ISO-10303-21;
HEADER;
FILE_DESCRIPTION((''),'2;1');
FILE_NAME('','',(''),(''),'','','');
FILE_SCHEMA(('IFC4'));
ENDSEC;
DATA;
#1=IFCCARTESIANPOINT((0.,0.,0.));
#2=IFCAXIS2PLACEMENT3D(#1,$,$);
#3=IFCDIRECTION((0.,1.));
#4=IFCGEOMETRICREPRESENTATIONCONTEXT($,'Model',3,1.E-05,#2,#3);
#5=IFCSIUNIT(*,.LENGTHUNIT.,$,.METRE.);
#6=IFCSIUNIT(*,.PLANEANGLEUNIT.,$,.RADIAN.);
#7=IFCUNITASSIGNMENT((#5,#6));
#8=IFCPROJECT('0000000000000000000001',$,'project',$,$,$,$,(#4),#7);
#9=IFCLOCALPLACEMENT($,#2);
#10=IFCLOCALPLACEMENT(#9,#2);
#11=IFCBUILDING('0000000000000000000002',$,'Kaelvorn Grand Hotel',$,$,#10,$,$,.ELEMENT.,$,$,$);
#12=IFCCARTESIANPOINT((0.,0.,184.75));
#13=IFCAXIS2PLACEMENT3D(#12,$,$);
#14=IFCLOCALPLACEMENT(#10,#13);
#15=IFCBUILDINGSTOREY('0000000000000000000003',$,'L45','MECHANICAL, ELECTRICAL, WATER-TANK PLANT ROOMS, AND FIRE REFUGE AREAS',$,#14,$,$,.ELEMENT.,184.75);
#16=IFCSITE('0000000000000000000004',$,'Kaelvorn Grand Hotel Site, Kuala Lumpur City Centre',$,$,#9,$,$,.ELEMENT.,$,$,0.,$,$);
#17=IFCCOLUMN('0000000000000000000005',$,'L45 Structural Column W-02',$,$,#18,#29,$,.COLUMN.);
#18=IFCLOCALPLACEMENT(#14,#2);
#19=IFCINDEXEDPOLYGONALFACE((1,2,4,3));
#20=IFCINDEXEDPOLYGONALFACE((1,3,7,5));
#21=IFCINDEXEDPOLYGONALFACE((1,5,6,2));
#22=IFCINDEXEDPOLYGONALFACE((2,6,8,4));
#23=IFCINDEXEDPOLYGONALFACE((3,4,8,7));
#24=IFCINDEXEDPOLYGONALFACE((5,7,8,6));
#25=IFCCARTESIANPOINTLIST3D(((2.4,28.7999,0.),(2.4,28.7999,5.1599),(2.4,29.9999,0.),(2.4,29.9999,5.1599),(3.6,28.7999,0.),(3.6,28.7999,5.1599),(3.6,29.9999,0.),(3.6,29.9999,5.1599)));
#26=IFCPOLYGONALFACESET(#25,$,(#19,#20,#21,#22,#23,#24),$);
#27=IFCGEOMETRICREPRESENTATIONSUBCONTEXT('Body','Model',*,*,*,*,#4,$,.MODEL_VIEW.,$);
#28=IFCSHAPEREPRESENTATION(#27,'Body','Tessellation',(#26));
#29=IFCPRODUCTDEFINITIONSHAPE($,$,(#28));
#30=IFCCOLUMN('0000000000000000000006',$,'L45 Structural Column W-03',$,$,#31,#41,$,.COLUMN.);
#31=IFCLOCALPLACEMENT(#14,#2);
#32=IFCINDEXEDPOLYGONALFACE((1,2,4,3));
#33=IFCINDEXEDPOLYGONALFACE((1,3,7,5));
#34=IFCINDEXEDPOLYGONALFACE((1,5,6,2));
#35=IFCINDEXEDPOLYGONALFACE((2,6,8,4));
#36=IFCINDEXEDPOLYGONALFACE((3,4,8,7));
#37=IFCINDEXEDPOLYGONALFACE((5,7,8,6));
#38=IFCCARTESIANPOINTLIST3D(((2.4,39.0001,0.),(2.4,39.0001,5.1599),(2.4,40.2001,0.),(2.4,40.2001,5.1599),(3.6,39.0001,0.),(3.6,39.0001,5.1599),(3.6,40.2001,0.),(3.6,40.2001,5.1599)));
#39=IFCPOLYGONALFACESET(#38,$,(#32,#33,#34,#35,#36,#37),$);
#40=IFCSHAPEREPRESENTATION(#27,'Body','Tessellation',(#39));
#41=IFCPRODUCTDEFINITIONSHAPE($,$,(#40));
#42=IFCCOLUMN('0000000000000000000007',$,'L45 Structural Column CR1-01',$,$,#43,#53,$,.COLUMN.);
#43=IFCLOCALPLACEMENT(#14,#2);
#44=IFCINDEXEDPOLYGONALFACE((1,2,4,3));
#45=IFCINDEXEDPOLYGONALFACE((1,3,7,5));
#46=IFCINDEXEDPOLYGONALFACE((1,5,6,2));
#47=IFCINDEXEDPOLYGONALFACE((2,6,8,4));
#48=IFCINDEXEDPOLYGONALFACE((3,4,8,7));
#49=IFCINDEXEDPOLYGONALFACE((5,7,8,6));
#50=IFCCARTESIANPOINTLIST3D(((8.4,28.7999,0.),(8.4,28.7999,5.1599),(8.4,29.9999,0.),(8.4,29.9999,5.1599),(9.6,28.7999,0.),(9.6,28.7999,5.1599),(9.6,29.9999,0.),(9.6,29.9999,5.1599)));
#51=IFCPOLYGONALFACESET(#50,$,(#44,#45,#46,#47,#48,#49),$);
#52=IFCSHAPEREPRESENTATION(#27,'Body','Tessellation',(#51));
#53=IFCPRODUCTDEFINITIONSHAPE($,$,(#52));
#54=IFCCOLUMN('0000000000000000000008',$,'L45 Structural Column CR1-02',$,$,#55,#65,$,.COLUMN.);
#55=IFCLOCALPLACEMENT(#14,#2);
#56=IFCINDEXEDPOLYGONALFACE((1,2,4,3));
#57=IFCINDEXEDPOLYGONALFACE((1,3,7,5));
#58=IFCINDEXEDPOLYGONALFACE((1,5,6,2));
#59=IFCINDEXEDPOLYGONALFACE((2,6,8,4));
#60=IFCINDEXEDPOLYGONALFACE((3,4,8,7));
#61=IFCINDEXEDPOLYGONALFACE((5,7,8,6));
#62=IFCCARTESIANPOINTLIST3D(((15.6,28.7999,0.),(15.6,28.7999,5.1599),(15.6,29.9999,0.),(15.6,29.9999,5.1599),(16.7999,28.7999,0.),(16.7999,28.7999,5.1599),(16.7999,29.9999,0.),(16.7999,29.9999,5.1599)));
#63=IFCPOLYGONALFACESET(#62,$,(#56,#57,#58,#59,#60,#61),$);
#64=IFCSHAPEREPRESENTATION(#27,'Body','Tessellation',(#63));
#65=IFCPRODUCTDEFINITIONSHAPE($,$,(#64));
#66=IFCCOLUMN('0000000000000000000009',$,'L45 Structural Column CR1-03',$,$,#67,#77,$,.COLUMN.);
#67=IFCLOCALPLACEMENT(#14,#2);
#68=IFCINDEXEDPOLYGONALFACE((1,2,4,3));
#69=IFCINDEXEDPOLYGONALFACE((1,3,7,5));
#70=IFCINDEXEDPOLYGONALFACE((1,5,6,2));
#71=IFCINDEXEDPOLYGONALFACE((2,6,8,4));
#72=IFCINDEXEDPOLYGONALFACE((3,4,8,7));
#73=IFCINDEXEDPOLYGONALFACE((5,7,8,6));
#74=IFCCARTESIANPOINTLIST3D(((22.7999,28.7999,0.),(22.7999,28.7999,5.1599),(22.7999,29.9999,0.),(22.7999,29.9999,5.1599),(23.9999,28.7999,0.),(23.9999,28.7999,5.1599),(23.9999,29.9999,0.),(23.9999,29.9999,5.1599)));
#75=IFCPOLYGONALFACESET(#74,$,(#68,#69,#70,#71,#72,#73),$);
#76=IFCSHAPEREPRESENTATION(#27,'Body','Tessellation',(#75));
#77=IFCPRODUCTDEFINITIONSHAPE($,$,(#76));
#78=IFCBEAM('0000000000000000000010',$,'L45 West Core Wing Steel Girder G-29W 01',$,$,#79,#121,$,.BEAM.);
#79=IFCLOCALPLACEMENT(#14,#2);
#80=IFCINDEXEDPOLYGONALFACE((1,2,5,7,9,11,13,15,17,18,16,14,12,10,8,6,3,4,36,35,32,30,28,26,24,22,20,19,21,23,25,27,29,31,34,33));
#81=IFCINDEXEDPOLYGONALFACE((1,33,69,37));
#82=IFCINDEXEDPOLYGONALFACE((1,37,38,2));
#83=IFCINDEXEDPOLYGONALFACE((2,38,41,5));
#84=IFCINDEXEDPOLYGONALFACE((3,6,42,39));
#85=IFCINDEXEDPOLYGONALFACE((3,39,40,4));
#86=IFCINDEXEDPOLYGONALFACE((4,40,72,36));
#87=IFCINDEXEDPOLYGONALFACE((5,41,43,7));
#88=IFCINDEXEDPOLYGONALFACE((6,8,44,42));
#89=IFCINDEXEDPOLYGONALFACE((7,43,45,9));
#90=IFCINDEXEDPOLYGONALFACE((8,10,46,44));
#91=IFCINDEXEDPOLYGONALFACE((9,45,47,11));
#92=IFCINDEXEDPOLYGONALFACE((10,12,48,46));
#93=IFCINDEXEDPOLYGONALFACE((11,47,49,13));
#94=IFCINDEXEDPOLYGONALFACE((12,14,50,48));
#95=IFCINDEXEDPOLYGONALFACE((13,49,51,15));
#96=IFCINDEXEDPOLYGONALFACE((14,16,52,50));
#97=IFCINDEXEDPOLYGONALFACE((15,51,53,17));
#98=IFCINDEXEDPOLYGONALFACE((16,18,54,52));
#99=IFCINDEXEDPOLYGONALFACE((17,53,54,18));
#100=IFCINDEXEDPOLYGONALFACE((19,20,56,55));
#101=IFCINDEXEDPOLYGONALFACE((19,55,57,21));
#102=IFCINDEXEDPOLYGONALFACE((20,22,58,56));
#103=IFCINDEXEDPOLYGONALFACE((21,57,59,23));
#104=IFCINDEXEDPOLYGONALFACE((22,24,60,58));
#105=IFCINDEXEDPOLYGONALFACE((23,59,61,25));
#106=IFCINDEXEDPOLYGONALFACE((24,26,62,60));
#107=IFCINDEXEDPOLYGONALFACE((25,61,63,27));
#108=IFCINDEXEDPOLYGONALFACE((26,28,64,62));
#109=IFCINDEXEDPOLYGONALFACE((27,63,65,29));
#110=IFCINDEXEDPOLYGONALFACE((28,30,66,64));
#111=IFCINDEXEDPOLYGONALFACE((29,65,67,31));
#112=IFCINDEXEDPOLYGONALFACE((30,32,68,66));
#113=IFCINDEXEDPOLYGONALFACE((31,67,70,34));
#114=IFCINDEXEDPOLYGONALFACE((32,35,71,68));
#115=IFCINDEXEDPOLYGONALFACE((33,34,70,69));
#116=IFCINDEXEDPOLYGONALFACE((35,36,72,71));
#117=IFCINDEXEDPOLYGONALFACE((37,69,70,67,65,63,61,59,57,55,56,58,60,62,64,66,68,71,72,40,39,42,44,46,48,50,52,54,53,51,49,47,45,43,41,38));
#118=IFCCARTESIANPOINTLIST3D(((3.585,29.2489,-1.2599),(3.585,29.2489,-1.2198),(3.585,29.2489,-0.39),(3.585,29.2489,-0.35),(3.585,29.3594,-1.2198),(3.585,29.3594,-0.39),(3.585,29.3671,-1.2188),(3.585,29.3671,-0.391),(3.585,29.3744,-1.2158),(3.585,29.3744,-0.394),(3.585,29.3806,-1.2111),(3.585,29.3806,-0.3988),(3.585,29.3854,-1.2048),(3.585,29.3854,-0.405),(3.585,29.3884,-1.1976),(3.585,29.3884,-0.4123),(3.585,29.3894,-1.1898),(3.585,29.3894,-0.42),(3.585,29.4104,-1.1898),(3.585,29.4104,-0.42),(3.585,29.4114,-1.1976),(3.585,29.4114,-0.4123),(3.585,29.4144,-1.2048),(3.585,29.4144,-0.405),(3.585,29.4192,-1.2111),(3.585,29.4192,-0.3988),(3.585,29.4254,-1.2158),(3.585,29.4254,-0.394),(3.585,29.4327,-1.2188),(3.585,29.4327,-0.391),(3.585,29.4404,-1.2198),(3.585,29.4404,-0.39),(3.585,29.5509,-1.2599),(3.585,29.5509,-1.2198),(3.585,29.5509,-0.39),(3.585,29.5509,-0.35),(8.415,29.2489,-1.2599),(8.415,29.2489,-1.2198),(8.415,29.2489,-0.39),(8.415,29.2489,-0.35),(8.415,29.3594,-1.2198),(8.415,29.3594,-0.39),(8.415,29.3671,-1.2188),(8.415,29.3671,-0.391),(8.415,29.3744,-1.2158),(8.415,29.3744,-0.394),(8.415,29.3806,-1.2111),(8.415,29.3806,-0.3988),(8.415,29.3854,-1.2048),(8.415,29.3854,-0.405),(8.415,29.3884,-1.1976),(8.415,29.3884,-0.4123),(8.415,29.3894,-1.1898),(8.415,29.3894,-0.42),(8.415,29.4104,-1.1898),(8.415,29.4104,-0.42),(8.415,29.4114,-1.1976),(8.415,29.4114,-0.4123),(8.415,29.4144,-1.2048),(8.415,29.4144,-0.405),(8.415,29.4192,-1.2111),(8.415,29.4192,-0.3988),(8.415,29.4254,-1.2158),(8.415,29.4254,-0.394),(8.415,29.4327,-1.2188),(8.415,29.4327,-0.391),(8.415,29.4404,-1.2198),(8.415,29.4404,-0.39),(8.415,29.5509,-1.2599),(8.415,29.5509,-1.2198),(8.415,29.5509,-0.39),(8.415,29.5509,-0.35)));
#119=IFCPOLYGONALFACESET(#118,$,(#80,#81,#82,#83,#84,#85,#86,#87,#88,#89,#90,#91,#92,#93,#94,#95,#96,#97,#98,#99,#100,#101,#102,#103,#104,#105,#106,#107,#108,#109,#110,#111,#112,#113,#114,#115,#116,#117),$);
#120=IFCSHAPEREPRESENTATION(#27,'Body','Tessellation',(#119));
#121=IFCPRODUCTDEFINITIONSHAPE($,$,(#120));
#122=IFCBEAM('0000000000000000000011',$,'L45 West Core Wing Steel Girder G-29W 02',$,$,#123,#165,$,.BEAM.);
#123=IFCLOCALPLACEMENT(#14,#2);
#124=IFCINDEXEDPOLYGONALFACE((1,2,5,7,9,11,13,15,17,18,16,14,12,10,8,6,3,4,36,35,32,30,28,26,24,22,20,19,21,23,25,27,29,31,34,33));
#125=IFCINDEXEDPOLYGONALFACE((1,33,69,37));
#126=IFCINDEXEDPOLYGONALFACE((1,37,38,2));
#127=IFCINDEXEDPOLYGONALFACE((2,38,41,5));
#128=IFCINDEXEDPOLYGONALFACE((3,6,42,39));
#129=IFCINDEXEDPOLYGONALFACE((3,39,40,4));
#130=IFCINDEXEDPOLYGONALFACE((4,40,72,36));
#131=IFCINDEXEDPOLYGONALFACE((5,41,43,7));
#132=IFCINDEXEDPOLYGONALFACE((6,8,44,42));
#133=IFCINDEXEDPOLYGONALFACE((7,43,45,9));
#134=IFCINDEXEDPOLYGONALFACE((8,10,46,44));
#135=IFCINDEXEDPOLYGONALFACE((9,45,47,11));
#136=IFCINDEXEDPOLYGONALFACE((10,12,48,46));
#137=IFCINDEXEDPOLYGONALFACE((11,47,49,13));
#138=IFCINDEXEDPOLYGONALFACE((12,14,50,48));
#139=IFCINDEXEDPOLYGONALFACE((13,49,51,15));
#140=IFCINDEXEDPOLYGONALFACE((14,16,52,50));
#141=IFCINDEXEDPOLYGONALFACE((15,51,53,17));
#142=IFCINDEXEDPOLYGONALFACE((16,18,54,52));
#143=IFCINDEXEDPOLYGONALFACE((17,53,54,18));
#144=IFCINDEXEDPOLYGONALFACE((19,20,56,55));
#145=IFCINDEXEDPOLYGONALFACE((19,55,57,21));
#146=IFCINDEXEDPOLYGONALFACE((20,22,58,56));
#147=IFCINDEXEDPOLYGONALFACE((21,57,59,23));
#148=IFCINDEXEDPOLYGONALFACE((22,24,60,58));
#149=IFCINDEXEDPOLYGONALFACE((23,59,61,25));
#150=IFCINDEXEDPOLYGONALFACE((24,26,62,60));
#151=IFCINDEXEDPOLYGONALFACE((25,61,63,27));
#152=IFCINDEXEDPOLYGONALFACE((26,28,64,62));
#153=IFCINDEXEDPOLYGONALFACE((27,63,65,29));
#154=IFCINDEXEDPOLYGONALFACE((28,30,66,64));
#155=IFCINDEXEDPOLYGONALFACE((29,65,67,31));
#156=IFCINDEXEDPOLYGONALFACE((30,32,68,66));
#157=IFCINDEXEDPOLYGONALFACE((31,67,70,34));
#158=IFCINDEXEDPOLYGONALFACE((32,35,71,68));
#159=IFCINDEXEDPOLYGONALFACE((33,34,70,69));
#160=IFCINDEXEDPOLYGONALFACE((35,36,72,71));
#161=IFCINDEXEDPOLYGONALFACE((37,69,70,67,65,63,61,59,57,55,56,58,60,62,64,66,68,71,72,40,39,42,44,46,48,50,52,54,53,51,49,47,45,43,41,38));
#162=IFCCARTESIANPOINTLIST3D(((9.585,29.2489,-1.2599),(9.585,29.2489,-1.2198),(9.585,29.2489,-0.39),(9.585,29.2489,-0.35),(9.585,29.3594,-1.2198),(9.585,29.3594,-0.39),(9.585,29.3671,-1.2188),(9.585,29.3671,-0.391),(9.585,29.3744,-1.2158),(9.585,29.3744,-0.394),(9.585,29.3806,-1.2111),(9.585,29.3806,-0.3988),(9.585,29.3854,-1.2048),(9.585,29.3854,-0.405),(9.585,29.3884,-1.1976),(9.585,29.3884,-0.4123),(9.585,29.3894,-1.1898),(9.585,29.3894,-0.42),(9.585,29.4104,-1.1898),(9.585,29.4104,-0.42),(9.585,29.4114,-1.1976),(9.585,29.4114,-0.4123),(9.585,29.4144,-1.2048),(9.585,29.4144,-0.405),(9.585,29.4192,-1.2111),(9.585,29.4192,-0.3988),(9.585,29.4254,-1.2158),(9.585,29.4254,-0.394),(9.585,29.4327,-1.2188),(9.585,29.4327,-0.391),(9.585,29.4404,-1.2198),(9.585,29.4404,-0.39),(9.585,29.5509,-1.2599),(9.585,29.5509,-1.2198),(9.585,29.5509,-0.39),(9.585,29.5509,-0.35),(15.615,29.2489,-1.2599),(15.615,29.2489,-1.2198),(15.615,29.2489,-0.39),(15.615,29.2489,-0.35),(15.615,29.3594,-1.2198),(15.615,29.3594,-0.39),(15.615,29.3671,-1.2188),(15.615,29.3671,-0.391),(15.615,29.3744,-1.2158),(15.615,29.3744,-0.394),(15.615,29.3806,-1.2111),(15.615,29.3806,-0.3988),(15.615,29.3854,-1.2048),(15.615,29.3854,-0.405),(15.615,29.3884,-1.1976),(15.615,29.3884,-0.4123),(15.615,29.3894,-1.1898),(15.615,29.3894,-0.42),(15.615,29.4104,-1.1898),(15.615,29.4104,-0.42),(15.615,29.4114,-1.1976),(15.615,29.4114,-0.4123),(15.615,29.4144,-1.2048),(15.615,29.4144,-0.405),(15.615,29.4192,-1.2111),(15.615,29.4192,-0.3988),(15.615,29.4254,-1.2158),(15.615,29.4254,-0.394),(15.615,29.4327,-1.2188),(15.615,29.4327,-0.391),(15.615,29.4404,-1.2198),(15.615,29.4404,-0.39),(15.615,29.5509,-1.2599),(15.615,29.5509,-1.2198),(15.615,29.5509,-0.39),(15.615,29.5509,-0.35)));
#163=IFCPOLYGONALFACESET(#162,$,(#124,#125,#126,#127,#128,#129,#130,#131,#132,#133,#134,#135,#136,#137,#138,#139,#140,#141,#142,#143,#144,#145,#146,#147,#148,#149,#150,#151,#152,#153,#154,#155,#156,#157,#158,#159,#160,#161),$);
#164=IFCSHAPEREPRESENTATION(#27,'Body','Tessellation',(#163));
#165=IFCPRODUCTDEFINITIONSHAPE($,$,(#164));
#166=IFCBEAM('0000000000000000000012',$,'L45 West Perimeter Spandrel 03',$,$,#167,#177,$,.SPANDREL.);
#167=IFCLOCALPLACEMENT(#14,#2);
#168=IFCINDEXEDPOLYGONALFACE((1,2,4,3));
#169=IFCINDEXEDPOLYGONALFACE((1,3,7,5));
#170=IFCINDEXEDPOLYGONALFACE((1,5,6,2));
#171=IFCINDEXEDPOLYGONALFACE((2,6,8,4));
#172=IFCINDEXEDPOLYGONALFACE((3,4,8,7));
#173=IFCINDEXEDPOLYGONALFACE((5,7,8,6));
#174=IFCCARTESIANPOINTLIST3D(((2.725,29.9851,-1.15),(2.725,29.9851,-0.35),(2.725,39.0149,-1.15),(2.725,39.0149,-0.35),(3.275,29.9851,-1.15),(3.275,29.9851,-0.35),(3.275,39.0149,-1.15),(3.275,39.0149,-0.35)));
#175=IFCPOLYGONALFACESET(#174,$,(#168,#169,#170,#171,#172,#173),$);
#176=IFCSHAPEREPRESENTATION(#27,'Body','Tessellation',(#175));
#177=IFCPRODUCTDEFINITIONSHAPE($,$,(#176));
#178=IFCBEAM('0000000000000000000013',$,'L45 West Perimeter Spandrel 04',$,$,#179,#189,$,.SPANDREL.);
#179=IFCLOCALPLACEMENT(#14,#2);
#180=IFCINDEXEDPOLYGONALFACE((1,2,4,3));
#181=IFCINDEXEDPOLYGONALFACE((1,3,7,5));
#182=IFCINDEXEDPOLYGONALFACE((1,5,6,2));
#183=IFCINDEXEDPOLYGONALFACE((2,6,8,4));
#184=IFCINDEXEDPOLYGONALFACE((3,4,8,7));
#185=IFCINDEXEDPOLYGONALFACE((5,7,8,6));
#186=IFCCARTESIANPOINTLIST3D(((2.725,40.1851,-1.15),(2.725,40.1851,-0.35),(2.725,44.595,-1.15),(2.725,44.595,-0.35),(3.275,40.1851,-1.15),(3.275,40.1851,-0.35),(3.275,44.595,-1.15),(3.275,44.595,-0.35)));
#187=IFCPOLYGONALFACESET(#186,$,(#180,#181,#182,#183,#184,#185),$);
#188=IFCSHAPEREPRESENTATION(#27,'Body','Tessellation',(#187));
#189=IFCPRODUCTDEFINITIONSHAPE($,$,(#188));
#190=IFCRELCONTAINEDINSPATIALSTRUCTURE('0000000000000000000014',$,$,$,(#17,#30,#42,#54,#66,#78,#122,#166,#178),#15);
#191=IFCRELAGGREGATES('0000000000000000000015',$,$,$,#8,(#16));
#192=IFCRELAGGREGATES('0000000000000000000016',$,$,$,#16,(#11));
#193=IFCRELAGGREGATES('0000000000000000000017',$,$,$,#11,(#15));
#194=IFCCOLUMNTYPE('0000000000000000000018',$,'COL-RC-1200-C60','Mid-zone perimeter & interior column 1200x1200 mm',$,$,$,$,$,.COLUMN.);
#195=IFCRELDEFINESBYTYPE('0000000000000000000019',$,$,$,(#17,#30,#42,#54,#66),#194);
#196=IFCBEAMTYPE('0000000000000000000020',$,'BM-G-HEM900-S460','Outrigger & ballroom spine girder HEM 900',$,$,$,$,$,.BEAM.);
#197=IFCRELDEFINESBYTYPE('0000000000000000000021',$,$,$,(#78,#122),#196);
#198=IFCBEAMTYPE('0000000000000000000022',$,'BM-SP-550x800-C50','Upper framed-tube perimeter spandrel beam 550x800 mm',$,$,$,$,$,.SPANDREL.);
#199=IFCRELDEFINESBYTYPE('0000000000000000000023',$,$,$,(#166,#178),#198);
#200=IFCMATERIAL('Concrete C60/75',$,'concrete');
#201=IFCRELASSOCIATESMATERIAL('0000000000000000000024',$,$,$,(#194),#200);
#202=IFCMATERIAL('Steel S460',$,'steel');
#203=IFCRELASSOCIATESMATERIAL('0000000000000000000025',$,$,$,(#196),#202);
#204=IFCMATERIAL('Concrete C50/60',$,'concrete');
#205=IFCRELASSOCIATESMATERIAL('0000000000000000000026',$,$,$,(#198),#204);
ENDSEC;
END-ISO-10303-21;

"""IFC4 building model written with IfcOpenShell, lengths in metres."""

from ifc_helpers import new_model, si_unit, direction, frame, origin, origin_2d, place, context, subcontext, project, spatial, rectangle, i_section, extrude, material, material_profile, profile_set, type_object, element, save


model = new_model("IFC4")

# Units and contexts
model_context = context("Model", 3, precision=1e-05, world=origin(), true_north=direction((0.0, 1.0)))
body_context = subcontext(model_context, "Body", "Model", "MODEL_VIEW")
ifc_project = project(units=[si_unit("LENGTHUNIT", "METRE"), si_unit("PLANEANGLEUNIT", "RADIAN")], contexts=[model_context])

# Site, building, storey
site_placement = place(None, origin())
site = spatial("IfcSite", under=ifc_project, at=site_placement, Name="Kaelvorn Grand Hotel Site, Kuala Lumpur City Centre", CompositionType="ELEMENT", RefElevation=0.0)
building_placement = place(site_placement, origin())
building = spatial("IfcBuilding", under=site, at=building_placement, Name="Kaelvorn Grand Hotel", CompositionType="ELEMENT")
storey_placement = place(building_placement, frame((0.0, 0.0, 184.75)))
storey = spatial("IfcBuildingStorey", under=building, at=storey_placement, Name="L45", Description="MECHANICAL, ELECTRICAL, WATER-TANK PLANT ROOMS, AND FIRE REFUGE AREAS", CompositionType="ELEMENT", Elevation=184.75)

# Columns
ifc_material_1 = material(Name="Concrete C60/75", Category="concrete")
ifc_material_profile_1 = material_profile(ifc_material_1, rectangle(XDim=1.2, YDim=1.2, at=origin_2d()), Name="RC COL 1200x1200")
ifc_profile_set_1 = profile_set([ifc_material_profile_1], Name="Concrete C60/75")
column_type = type_object("IfcColumnType", Name="COL-RC-1200-C60", Description="Mid-zone perimeter & interior column 1200x1200 mm", PredefinedType="COLUMN", material=ifc_profile_set_1)
for number, where, z_axis, x_axis, name in (
    (1, (3.0, 29.3999, 0.0), (0.0, 0.0, 1.0), (1.0, 0.0, 0.0), "L45 Structural Column W-02"),
    (2, (3.0, 39.6001, 0.0), (0.0, 0.0, 1.0), (1.0, 0.0, 0.0), "L45 Structural Column W-03"),
    (3, (9.0, 29.3999, 0.0), (0.0, 0.0, 1.0), (1.0, 0.0, 0.0), "L45 Structural Column CR1-01"),
    (4, (16.2, 29.3999, 0.0), (0.0, 0.0, 1.0), (1.0, 0.0, 0.0), "L45 Structural Column CR1-02"),
    (5, (23.3999, 29.3999, 0.0), (0.0, 0.0, 1.0), (1.0, 0.0, 0.0), "L45 Structural Column CR1-03"),
):
    element("IfcColumn", number, at=place(storey_placement, frame(where, z_axis=z_axis, x_axis=x_axis)), inside=storey, type_object=column_type, Name=name, PredefinedType="COLUMN", context=body_context, shape_type="SweptSolid", body=[
        extrude(rectangle(XDim=1.2, YDim=1.2, at=origin_2d()), origin(), (0.0, 0.0, 1.0), 5.1599),
    ])

# Beams
ifc_material_2 = material(Name="Steel S460", Category="steel")
ifc_material_profile_2 = material_profile(ifc_material_2, i_section(OverallWidth=0.302, OverallDepth=0.9099, WebThickness=0.021, FlangeThickness=0.04, FilletRadius=0.03, at=origin_2d()), Name="HEM 900")
ifc_profile_set_2 = profile_set([ifc_material_profile_2], Name="Steel S460")
beam_type_1 = type_object("IfcBeamType", Name="BM-G-HEM900-S460", Description="Outrigger & ballroom spine girder HEM 900", PredefinedType="BEAM", material=ifc_profile_set_2)
beam_1_placement = place(storey_placement, frame((3.585, 29.3999, -0.8049), z_axis=(1.0, 0.0, 0.0), x_axis=(0.0, 1.0, 0.0)))
element("IfcBeam", 6, at=beam_1_placement, inside=storey, type_object=beam_type_1, Name="L45 West Core Wing Steel Girder G-29W 01", PredefinedType="BEAM", context=body_context, shape_type="SweptSolid", body=[
    extrude(i_section(OverallWidth=0.302, OverallDepth=0.9099, WebThickness=0.021, FlangeThickness=0.04, FilletRadius=0.03, at=origin_2d()), origin(), (0.0, 0.0, 1.0), 4.8301),
])
beam_2_placement = place(storey_placement, frame((9.585, 29.3999, -0.8049), z_axis=(1.0, 0.0, 0.0), x_axis=(0.0, 1.0, 0.0)))
element("IfcBeam", 7, at=beam_2_placement, inside=storey, type_object=beam_type_1, Name="L45 West Core Wing Steel Girder G-29W 02", PredefinedType="BEAM", context=body_context, shape_type="SweptSolid", body=[
    extrude(i_section(OverallWidth=0.302, OverallDepth=0.9099, WebThickness=0.021, FlangeThickness=0.04, FilletRadius=0.03, at=origin_2d()), origin(), (0.0, 0.0, 1.0), 6.03),
])
ifc_material_3 = material(Name="Concrete C50/60", Category="concrete")
ifc_material_profile_3 = material_profile(ifc_material_3, rectangle(XDim=0.55, YDim=0.8, at=origin_2d()), Name="RC SPANDREL 550x800")
ifc_profile_set_3 = profile_set([ifc_material_profile_3], Name="Concrete C50/60")
beam_type_2 = type_object("IfcBeamType", Name="BM-SP-550x800-C50", Description="Upper framed-tube perimeter spandrel beam 550x800 mm", PredefinedType="SPANDREL", material=ifc_profile_set_3)
beam_3_placement = place(storey_placement, frame((3.0, 29.9851, -0.75), z_axis=(0.0, 1.0, 0.0), x_axis=(-1.0, 0.0, 0.0)))
element("IfcBeam", 8, at=beam_3_placement, inside=storey, type_object=beam_type_2, Name="L45 West Perimeter Spandrel 03", PredefinedType="SPANDREL", context=body_context, shape_type="SweptSolid", body=[
    extrude(rectangle(XDim=0.55, YDim=0.8, at=origin_2d()), origin(), (0.0, 0.0, 1.0), 9.0298),
])
beam_4_placement = place(storey_placement, frame((3.0, 40.1851, -0.75), z_axis=(0.0, 1.0, 0.0), x_axis=(-1.0, 0.0, 0.0)))
element("IfcBeam", 9, at=beam_4_placement, inside=storey, type_object=beam_type_2, Name="L45 West Perimeter Spandrel 04", PredefinedType="SPANDREL", context=body_context, shape_type="SweptSolid", body=[
    extrude(rectangle(XDim=0.55, YDim=0.8, at=origin_2d()), origin(), (0.0, 0.0, 1.0), 4.4099),
])

save(model, "model.ifc")
